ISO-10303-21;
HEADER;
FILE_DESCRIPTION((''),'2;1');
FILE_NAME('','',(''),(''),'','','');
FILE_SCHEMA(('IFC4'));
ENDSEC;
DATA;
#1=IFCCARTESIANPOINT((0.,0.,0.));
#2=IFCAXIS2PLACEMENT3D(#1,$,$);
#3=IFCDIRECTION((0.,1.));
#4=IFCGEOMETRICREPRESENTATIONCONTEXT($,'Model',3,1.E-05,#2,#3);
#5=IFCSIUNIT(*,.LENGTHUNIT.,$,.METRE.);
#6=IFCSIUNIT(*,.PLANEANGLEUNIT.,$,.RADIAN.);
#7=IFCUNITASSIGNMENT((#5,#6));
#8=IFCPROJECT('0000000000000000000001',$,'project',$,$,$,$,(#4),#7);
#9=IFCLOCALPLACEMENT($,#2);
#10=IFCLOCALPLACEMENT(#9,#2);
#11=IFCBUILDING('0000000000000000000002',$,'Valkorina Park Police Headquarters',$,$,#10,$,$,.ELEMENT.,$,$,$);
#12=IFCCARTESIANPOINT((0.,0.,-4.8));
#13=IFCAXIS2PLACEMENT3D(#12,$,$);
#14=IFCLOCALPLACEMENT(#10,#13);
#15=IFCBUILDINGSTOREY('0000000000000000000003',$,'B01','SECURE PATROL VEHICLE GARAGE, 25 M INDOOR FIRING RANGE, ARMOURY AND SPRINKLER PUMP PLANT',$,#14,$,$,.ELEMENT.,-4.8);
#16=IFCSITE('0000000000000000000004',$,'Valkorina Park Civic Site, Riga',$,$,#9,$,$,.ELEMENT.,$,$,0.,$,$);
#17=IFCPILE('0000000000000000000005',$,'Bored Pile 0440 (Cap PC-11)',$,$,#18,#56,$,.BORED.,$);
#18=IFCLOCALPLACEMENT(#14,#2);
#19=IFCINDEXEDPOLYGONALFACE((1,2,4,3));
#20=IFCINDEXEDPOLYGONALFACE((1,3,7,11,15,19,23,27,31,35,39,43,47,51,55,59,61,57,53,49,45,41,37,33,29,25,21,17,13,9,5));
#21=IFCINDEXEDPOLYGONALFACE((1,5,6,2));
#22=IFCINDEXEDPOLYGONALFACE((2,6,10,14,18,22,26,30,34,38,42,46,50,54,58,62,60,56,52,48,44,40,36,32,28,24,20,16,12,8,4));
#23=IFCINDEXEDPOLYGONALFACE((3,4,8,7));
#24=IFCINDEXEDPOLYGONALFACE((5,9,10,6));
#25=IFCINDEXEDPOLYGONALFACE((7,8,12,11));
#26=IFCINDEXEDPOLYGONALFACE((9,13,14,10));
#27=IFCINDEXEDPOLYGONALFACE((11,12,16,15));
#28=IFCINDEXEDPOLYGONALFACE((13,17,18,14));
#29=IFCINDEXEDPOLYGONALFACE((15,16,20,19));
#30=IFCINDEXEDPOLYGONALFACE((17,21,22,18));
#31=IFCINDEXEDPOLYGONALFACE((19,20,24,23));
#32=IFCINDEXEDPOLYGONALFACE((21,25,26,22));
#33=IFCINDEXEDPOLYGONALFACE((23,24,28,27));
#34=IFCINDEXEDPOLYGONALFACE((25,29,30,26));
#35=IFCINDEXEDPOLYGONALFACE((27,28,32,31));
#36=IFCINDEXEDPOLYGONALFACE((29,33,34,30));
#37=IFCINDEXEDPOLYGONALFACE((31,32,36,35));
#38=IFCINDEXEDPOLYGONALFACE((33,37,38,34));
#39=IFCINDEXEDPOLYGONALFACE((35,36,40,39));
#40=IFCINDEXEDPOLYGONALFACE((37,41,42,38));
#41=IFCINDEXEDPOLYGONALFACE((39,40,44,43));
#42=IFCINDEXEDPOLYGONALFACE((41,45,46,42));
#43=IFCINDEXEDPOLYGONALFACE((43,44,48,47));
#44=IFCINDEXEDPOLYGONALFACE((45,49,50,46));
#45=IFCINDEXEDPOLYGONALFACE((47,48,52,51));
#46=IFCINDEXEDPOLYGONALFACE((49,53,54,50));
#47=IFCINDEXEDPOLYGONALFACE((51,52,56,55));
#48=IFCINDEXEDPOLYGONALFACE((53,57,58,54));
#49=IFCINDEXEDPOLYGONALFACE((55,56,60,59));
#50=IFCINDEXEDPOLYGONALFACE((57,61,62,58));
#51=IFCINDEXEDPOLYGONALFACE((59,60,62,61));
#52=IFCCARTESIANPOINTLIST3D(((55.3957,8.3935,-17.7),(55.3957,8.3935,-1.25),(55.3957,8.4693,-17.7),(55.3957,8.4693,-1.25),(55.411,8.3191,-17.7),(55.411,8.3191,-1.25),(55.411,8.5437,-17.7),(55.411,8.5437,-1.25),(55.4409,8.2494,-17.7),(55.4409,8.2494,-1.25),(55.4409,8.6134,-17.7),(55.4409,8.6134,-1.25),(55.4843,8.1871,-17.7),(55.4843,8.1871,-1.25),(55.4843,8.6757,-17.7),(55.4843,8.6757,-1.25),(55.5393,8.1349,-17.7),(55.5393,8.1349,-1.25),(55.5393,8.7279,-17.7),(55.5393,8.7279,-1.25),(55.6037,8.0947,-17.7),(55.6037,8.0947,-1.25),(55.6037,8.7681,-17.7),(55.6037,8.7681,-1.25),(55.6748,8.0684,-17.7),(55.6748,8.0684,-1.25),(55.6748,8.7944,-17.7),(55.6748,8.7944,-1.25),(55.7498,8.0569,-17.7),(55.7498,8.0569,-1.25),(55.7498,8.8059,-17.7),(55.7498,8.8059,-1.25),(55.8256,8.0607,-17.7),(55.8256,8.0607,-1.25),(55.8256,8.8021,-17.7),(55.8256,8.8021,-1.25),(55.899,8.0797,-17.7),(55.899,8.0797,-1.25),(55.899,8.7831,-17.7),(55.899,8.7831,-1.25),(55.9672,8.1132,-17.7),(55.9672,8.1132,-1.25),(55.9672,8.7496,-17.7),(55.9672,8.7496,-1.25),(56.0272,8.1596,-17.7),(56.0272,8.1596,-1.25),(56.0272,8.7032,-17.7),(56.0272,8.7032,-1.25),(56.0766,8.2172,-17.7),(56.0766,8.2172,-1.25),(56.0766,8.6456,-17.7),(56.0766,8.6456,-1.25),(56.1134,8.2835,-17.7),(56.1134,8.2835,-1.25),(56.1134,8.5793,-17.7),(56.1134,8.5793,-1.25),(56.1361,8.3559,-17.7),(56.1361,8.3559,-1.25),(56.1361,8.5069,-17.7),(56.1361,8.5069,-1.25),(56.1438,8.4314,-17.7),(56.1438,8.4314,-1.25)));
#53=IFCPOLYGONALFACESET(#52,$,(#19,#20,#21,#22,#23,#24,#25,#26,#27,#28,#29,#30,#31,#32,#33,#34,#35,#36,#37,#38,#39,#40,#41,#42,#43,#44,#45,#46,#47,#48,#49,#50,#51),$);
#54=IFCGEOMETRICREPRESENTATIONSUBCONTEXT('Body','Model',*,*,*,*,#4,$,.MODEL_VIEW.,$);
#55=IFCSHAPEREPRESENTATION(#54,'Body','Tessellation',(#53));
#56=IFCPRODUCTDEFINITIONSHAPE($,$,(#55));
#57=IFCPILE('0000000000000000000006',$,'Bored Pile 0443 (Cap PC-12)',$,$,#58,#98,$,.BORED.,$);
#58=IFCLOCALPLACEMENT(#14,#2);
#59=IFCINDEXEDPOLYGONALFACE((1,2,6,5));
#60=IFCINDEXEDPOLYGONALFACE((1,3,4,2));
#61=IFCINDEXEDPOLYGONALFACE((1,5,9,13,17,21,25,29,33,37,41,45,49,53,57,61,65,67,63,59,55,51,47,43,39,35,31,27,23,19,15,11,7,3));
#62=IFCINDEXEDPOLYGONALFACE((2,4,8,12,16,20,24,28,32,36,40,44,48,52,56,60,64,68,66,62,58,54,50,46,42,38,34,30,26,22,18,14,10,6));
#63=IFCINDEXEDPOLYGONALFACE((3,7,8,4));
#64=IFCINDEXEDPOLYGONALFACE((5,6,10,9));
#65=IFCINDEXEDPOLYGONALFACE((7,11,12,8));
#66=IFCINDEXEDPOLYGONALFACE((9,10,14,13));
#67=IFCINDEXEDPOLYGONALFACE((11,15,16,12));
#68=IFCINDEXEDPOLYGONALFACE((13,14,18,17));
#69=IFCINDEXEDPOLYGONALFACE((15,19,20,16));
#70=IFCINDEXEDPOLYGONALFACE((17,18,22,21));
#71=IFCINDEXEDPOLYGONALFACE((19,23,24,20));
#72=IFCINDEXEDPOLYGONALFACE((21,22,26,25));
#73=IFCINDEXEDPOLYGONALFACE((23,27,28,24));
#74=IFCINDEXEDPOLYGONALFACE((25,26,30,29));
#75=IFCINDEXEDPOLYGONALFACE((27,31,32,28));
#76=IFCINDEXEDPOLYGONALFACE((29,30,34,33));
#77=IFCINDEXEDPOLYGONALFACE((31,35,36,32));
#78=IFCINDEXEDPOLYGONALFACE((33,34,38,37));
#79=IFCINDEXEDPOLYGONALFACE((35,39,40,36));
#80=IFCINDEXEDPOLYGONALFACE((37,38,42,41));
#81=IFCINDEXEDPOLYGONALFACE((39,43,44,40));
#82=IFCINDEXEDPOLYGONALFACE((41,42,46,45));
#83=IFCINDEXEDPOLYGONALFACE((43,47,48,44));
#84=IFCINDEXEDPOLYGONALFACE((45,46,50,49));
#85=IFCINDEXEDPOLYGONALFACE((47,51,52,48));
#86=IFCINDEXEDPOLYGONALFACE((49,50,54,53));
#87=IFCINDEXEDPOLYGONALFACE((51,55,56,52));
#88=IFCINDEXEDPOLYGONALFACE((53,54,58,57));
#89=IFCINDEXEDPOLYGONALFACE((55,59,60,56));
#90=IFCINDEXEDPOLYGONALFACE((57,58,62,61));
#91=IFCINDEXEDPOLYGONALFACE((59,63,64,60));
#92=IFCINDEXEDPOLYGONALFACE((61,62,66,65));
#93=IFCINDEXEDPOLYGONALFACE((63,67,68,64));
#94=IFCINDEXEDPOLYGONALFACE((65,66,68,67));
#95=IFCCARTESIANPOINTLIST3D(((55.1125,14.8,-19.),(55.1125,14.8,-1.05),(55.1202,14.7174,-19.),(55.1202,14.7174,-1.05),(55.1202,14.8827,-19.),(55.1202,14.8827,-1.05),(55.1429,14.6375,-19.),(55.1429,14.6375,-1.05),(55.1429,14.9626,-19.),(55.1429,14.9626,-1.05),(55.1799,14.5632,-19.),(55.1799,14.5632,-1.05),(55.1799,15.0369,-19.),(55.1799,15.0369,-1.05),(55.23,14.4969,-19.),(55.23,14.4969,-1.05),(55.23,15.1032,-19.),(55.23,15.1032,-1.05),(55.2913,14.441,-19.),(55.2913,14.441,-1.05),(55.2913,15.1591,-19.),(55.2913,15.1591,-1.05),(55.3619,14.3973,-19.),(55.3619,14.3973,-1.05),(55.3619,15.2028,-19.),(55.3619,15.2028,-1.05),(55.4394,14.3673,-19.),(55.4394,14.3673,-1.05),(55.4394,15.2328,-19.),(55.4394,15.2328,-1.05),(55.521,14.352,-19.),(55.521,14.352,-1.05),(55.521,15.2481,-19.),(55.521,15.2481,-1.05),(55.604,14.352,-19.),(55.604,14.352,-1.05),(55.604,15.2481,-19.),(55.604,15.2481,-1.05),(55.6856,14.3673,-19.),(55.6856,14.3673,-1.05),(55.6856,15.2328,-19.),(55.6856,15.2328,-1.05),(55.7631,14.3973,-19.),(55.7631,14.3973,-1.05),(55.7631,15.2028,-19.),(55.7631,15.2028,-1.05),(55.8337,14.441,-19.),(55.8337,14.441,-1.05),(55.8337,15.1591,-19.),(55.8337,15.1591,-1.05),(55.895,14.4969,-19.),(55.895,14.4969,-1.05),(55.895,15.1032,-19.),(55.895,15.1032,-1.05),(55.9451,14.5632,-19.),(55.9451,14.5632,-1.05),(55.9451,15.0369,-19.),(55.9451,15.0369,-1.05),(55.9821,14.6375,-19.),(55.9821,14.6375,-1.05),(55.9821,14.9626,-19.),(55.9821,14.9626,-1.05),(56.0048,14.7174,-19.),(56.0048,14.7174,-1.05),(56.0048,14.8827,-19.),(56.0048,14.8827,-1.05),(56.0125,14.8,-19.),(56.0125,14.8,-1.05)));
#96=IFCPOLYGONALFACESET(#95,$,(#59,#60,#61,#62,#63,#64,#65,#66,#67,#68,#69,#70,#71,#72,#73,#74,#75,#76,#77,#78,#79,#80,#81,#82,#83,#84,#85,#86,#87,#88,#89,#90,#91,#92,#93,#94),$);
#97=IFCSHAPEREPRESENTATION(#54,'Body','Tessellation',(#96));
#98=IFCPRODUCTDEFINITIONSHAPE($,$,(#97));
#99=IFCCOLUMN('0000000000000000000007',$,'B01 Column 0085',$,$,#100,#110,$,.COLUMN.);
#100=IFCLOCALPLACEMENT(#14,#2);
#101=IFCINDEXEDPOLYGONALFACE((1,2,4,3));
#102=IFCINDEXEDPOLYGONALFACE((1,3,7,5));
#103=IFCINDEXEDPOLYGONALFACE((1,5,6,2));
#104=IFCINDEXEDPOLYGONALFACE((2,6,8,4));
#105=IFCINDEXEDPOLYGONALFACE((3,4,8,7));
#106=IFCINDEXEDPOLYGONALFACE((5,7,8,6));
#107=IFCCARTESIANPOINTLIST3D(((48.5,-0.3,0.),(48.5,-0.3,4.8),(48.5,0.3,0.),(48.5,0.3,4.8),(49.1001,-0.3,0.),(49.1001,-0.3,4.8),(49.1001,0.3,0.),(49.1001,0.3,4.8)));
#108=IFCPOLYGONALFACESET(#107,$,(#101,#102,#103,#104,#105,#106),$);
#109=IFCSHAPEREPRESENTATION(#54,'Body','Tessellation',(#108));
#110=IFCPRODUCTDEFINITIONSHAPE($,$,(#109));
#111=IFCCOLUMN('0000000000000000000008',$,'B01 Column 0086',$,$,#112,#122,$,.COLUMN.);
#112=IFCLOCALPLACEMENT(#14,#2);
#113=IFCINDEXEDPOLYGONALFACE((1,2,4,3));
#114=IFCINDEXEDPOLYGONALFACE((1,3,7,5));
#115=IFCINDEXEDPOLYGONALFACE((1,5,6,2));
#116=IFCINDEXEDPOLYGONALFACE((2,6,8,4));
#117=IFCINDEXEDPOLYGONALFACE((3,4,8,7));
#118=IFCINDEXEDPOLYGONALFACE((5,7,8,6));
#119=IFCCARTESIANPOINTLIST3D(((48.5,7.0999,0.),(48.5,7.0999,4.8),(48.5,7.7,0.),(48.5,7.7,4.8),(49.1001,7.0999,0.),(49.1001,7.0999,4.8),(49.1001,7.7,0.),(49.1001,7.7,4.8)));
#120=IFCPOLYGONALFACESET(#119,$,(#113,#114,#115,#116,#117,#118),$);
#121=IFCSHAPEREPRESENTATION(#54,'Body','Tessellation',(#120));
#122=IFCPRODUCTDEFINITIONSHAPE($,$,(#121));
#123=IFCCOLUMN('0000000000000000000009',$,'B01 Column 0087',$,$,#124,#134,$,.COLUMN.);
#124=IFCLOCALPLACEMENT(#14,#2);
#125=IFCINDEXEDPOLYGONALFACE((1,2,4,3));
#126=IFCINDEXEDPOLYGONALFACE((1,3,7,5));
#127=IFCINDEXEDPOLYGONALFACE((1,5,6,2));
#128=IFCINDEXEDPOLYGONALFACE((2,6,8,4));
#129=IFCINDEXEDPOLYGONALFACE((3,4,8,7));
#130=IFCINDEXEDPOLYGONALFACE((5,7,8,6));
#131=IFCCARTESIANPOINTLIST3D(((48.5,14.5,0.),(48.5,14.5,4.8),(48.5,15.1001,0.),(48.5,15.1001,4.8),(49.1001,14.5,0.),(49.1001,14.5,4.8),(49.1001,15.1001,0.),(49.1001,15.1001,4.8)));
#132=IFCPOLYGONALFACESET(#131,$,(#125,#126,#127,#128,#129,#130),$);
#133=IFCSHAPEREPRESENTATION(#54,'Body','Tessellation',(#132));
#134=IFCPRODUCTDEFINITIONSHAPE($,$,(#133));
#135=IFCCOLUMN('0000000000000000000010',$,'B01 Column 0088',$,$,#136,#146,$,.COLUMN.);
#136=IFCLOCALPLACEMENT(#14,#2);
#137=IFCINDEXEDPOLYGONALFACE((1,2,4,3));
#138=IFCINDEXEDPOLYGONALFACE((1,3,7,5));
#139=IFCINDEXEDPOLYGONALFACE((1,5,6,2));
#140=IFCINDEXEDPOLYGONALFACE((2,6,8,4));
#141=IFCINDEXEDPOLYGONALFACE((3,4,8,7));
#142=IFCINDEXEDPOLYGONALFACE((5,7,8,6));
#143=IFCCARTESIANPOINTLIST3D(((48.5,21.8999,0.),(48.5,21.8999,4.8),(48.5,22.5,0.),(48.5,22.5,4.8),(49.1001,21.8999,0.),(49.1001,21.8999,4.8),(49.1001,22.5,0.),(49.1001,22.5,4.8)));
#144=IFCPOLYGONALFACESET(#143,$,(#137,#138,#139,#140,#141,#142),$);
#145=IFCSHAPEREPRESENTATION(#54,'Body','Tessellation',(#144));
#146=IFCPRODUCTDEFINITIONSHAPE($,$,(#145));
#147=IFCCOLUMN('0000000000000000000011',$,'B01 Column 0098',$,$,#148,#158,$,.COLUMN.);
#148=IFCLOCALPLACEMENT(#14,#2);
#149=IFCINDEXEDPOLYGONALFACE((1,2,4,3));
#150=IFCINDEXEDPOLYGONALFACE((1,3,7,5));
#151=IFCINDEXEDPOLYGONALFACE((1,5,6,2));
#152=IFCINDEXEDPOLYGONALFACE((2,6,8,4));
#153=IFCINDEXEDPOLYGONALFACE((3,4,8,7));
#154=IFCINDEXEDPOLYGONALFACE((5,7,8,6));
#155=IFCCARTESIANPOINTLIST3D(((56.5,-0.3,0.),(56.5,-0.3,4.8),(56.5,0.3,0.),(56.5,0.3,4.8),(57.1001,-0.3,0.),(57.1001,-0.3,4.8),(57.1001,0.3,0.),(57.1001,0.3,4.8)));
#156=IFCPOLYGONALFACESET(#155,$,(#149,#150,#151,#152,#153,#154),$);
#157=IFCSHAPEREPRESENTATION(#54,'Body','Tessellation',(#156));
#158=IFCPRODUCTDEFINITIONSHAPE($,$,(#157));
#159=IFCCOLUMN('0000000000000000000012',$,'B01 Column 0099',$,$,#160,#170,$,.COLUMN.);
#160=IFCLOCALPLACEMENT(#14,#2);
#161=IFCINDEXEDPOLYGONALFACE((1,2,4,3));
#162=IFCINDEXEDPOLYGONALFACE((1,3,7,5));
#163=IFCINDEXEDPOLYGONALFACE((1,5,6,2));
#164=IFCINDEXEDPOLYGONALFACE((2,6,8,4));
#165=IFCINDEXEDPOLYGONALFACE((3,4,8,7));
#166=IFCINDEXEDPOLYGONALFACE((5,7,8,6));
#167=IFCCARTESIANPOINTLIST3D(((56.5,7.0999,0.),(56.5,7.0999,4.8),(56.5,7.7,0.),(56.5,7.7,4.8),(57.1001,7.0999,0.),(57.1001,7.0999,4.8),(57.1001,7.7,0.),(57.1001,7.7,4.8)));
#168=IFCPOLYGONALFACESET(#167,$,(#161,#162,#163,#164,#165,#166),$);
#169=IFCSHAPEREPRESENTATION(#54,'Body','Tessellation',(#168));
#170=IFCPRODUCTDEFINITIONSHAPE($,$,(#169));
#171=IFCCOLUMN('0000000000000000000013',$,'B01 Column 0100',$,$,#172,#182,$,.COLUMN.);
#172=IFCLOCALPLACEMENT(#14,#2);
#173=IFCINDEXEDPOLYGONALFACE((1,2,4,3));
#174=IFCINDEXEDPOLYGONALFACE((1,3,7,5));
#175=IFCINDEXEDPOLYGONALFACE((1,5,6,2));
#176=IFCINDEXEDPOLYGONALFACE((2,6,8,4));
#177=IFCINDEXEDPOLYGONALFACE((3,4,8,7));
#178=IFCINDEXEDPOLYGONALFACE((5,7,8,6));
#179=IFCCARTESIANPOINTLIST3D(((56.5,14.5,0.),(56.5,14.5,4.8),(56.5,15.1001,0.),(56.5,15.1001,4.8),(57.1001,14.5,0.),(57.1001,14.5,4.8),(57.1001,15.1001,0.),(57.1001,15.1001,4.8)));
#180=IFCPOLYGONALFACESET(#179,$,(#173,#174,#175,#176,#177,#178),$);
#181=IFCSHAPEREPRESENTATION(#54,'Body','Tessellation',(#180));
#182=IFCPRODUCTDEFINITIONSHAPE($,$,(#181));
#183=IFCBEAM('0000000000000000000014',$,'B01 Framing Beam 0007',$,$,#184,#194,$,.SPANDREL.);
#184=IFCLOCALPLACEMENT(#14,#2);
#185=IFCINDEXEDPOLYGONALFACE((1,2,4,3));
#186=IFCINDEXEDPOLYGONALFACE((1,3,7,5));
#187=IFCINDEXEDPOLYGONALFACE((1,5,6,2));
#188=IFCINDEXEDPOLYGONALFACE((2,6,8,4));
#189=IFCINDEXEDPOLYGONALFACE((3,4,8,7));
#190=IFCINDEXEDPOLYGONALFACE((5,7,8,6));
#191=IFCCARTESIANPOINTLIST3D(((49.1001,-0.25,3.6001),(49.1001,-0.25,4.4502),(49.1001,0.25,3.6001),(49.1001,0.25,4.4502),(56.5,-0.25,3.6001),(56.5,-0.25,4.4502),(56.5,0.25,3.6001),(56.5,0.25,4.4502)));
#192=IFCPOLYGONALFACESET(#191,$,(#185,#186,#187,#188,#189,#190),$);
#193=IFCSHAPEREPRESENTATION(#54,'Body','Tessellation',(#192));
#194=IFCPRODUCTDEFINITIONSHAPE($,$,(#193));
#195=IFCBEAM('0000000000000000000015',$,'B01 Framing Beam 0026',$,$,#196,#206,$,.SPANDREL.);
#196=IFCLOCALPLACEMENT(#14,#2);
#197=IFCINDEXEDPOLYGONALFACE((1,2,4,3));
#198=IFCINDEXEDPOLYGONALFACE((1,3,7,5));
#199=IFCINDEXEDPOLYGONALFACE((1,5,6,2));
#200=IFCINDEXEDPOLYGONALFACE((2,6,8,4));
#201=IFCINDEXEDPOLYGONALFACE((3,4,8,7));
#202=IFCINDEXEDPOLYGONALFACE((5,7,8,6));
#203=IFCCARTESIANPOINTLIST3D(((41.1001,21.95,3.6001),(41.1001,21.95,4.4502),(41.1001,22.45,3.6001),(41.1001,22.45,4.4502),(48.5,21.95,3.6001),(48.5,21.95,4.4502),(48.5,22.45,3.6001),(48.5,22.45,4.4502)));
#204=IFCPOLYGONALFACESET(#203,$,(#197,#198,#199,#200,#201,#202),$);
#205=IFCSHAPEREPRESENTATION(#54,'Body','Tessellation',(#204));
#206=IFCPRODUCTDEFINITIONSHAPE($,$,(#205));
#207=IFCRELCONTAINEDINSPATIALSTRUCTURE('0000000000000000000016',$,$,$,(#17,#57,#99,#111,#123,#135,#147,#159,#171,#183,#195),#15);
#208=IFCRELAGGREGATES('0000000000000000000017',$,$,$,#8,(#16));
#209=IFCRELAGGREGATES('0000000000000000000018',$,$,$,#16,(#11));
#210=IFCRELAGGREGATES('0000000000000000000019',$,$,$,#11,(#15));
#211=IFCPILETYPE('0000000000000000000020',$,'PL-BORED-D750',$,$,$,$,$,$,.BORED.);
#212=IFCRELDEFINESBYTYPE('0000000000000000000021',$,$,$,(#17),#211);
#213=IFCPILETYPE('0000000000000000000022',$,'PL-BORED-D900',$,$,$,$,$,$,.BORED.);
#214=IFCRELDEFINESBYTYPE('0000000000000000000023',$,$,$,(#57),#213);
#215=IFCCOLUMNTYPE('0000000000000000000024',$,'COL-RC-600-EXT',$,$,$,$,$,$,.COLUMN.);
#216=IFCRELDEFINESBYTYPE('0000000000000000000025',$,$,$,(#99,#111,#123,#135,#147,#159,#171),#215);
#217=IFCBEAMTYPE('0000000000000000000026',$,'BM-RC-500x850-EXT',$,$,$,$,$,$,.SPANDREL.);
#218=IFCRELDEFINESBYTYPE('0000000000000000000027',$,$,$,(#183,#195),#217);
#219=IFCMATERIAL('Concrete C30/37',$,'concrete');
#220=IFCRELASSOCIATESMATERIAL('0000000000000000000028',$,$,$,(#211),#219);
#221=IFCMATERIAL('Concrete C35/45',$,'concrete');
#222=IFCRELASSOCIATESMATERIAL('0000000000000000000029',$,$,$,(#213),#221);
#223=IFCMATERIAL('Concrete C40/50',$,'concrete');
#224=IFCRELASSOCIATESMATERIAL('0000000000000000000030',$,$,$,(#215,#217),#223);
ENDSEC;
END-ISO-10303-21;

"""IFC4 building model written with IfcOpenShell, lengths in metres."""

from ifc_helpers import new_model, si_unit, direction, frame, origin, origin_2d, place, context, subcontext, project, spatial, rectangle, circle, extrude, material, material_profile, profile_set, type_object, element, save


model = new_model("IFC4")

# Units and contexts
model_context = context("Model", 3, precision=1e-05, world=origin(), true_north=direction((0.0, 1.0)))
body_context = subcontext(model_context, "Body", "Model", "MODEL_VIEW")
ifc_project = project(units=[si_unit("LENGTHUNIT", "METRE"), si_unit("PLANEANGLEUNIT", "RADIAN")], contexts=[model_context])

# Site, building, storey
site_placement = place(None, origin())
site = spatial("IfcSite", under=ifc_project, at=site_placement, Name="Valkorina Park Civic Site, Riga", CompositionType="ELEMENT", RefElevation=0.0)
building_placement = place(site_placement, origin())
building = spatial("IfcBuilding", under=site, at=building_placement, Name="Valkorina Park Police Headquarters", CompositionType="ELEMENT")
storey_placement = place(building_placement, frame((0.0, 0.0, -4.8)))
storey = spatial("IfcBuildingStorey", under=building, at=storey_placement, Name="B01", Description="SECURE PATROL VEHICLE GARAGE, 25 M INDOOR FIRING RANGE, ARMOURY AND SPRINKLER PUMP PLANT", CompositionType="ELEMENT", Elevation=-4.8)

# Shared definitions
ifc_material_1 = material(Name="Concrete C40/50", Category="concrete")

# Piles
ifc_material_2 = material(Name="Concrete C30/37", Category="concrete")
ifc_material_profile_1 = material_profile(ifc_material_2, circle(Radius=0.375, at=origin_2d()), Name="BORED PILE D750")
ifc_profile_set_1 = profile_set([ifc_material_profile_1], Name="Concrete C30/37")
pile_type_1 = type_object("IfcPileType", Name="PL-BORED-D750", PredefinedType="BORED", material=ifc_profile_set_1)
for number, where, z_axis, x_axis, name in (
    (1, (55.7688, 8.4314, -1.25), (0.0, 0.0, -1.0), (1.0, 0.0, 0.0), "Bored Pile 0440 (Cap PC-11)"),
):
    element("IfcPile", number, at=place(storey_placement, frame(where, z_axis=z_axis, x_axis=x_axis)), inside=storey, type_object=pile_type_1, Name=name, PredefinedType="BORED", context=body_context, shape_type="SweptSolid", body=[
        extrude(circle(Radius=0.375, at=origin_2d()), origin(), (0.0, 0.0, 1.0), 16.45),
    ])
ifc_material_3 = material(Name="Concrete C35/45", Category="concrete")
ifc_material_profile_2 = material_profile(ifc_material_3, circle(Radius=0.45, at=origin_2d()), Name="BORED PILE D900")
ifc_profile_set_2 = profile_set([ifc_material_profile_2], Name="Concrete C35/45")
pile_type_2 = type_object("IfcPileType", Name="PL-BORED-D900", PredefinedType="BORED", material=ifc_profile_set_2)
pile_1_placement = place(storey_placement, frame((55.5625, 14.8, -1.05), z_axis=(0.0, 0.0, -1.0), x_axis=(1.0, 0.0, 0.0)))
element("IfcPile", 2, at=pile_1_placement, inside=storey, type_object=pile_type_2, Name="Bored Pile 0443 (Cap PC-12)", PredefinedType="BORED", context=body_context, shape_type="SweptSolid", body=[
    extrude(circle(Radius=0.45, at=origin_2d()), origin(), (0.0, 0.0, 1.0), 17.95),
])

# Columns
ifc_material_profile_3 = material_profile(ifc_material_1, rectangle(XDim=0.6001, YDim=0.6001, at=origin_2d()), Name="RC COL 600x600")
ifc_profile_set_3 = profile_set([ifc_material_profile_3], Name="Concrete C40/50")
column_type = type_object("IfcColumnType", Name="COL-RC-600-EXT", PredefinedType="COLUMN", material=ifc_profile_set_3)
for number, where, z_axis, x_axis, name in (
    (3, (48.8, 0.0, 0.0), (0.0, 0.0, 1.0), (1.0, 0.0, 0.0), "B01 Column 0085"),
    (4, (48.8, 7.3999, 0.0), (0.0, 0.0, 1.0), (1.0, 0.0, 0.0), "B01 Column 0086"),
    (5, (48.8, 14.8, 0.0), (0.0, 0.0, 1.0), (1.0, 0.0, 0.0), "B01 Column 0087"),
    (6, (48.8, 22.2, 0.0), (0.0, 0.0, 1.0), (1.0, 0.0, 0.0), "B01 Column 0088"),
    (7, (56.8, 0.0, 0.0), (0.0, 0.0, 1.0), (1.0, 0.0, 0.0), "B01 Column 0098"),
    (8, (56.8, 7.3999, 0.0), (0.0, 0.0, 1.0), (1.0, 0.0, 0.0), "B01 Column 0099"),
    (9, (56.8, 14.8, 0.0), (0.0, 0.0, 1.0), (1.0, 0.0, 0.0), "B01 Column 0100"),
):
    element("IfcColumn", number, at=place(storey_placement, frame(where, z_axis=z_axis, x_axis=x_axis)), inside=storey, type_object=column_type, Name=name, PredefinedType="COLUMN", context=body_context, shape_type="SweptSolid", body=[
        extrude(rectangle(XDim=0.6001, YDim=0.6001, at=origin_2d()), origin(), (0.0, 0.0, 1.0), 4.8),
    ])

# Beams
ifc_material_profile_4 = material_profile(ifc_material_1, rectangle(XDim=0.5, YDim=0.8501, at=origin_2d()), Name="RC BEAM 500x850")
ifc_profile_set_4 = profile_set([ifc_material_profile_4], Name="Concrete C40/50")
beam_type = type_object("IfcBeamType", Name="BM-RC-500x850-EXT", PredefinedType="SPANDREL", material=ifc_profile_set_4)
for number, where, z_axis, x_axis, name in (
    (10, (49.1001, 0.0, 4.0251), (1.0, 0.0, 0.0), (0.0, 1.0, 0.0), "B01 Framing Beam 0007"),
    (11, (41.1001, 22.2, 4.0251), (1.0, 0.0, 0.0), (0.0, 1.0, 0.0), "B01 Framing Beam 0026"),
):
    element("IfcBeam", number, at=place(storey_placement, frame(where, z_axis=z_axis, x_axis=x_axis)), inside=storey, type_object=beam_type, Name=name, PredefinedType="SPANDREL", context=body_context, shape_type="SweptSolid", body=[
        extrude(rectangle(XDim=0.5, YDim=0.8501, at=origin_2d()), origin(), (0.0, 0.0, 1.0), 7.3999),
    ])

save(model, "model.ifc")
